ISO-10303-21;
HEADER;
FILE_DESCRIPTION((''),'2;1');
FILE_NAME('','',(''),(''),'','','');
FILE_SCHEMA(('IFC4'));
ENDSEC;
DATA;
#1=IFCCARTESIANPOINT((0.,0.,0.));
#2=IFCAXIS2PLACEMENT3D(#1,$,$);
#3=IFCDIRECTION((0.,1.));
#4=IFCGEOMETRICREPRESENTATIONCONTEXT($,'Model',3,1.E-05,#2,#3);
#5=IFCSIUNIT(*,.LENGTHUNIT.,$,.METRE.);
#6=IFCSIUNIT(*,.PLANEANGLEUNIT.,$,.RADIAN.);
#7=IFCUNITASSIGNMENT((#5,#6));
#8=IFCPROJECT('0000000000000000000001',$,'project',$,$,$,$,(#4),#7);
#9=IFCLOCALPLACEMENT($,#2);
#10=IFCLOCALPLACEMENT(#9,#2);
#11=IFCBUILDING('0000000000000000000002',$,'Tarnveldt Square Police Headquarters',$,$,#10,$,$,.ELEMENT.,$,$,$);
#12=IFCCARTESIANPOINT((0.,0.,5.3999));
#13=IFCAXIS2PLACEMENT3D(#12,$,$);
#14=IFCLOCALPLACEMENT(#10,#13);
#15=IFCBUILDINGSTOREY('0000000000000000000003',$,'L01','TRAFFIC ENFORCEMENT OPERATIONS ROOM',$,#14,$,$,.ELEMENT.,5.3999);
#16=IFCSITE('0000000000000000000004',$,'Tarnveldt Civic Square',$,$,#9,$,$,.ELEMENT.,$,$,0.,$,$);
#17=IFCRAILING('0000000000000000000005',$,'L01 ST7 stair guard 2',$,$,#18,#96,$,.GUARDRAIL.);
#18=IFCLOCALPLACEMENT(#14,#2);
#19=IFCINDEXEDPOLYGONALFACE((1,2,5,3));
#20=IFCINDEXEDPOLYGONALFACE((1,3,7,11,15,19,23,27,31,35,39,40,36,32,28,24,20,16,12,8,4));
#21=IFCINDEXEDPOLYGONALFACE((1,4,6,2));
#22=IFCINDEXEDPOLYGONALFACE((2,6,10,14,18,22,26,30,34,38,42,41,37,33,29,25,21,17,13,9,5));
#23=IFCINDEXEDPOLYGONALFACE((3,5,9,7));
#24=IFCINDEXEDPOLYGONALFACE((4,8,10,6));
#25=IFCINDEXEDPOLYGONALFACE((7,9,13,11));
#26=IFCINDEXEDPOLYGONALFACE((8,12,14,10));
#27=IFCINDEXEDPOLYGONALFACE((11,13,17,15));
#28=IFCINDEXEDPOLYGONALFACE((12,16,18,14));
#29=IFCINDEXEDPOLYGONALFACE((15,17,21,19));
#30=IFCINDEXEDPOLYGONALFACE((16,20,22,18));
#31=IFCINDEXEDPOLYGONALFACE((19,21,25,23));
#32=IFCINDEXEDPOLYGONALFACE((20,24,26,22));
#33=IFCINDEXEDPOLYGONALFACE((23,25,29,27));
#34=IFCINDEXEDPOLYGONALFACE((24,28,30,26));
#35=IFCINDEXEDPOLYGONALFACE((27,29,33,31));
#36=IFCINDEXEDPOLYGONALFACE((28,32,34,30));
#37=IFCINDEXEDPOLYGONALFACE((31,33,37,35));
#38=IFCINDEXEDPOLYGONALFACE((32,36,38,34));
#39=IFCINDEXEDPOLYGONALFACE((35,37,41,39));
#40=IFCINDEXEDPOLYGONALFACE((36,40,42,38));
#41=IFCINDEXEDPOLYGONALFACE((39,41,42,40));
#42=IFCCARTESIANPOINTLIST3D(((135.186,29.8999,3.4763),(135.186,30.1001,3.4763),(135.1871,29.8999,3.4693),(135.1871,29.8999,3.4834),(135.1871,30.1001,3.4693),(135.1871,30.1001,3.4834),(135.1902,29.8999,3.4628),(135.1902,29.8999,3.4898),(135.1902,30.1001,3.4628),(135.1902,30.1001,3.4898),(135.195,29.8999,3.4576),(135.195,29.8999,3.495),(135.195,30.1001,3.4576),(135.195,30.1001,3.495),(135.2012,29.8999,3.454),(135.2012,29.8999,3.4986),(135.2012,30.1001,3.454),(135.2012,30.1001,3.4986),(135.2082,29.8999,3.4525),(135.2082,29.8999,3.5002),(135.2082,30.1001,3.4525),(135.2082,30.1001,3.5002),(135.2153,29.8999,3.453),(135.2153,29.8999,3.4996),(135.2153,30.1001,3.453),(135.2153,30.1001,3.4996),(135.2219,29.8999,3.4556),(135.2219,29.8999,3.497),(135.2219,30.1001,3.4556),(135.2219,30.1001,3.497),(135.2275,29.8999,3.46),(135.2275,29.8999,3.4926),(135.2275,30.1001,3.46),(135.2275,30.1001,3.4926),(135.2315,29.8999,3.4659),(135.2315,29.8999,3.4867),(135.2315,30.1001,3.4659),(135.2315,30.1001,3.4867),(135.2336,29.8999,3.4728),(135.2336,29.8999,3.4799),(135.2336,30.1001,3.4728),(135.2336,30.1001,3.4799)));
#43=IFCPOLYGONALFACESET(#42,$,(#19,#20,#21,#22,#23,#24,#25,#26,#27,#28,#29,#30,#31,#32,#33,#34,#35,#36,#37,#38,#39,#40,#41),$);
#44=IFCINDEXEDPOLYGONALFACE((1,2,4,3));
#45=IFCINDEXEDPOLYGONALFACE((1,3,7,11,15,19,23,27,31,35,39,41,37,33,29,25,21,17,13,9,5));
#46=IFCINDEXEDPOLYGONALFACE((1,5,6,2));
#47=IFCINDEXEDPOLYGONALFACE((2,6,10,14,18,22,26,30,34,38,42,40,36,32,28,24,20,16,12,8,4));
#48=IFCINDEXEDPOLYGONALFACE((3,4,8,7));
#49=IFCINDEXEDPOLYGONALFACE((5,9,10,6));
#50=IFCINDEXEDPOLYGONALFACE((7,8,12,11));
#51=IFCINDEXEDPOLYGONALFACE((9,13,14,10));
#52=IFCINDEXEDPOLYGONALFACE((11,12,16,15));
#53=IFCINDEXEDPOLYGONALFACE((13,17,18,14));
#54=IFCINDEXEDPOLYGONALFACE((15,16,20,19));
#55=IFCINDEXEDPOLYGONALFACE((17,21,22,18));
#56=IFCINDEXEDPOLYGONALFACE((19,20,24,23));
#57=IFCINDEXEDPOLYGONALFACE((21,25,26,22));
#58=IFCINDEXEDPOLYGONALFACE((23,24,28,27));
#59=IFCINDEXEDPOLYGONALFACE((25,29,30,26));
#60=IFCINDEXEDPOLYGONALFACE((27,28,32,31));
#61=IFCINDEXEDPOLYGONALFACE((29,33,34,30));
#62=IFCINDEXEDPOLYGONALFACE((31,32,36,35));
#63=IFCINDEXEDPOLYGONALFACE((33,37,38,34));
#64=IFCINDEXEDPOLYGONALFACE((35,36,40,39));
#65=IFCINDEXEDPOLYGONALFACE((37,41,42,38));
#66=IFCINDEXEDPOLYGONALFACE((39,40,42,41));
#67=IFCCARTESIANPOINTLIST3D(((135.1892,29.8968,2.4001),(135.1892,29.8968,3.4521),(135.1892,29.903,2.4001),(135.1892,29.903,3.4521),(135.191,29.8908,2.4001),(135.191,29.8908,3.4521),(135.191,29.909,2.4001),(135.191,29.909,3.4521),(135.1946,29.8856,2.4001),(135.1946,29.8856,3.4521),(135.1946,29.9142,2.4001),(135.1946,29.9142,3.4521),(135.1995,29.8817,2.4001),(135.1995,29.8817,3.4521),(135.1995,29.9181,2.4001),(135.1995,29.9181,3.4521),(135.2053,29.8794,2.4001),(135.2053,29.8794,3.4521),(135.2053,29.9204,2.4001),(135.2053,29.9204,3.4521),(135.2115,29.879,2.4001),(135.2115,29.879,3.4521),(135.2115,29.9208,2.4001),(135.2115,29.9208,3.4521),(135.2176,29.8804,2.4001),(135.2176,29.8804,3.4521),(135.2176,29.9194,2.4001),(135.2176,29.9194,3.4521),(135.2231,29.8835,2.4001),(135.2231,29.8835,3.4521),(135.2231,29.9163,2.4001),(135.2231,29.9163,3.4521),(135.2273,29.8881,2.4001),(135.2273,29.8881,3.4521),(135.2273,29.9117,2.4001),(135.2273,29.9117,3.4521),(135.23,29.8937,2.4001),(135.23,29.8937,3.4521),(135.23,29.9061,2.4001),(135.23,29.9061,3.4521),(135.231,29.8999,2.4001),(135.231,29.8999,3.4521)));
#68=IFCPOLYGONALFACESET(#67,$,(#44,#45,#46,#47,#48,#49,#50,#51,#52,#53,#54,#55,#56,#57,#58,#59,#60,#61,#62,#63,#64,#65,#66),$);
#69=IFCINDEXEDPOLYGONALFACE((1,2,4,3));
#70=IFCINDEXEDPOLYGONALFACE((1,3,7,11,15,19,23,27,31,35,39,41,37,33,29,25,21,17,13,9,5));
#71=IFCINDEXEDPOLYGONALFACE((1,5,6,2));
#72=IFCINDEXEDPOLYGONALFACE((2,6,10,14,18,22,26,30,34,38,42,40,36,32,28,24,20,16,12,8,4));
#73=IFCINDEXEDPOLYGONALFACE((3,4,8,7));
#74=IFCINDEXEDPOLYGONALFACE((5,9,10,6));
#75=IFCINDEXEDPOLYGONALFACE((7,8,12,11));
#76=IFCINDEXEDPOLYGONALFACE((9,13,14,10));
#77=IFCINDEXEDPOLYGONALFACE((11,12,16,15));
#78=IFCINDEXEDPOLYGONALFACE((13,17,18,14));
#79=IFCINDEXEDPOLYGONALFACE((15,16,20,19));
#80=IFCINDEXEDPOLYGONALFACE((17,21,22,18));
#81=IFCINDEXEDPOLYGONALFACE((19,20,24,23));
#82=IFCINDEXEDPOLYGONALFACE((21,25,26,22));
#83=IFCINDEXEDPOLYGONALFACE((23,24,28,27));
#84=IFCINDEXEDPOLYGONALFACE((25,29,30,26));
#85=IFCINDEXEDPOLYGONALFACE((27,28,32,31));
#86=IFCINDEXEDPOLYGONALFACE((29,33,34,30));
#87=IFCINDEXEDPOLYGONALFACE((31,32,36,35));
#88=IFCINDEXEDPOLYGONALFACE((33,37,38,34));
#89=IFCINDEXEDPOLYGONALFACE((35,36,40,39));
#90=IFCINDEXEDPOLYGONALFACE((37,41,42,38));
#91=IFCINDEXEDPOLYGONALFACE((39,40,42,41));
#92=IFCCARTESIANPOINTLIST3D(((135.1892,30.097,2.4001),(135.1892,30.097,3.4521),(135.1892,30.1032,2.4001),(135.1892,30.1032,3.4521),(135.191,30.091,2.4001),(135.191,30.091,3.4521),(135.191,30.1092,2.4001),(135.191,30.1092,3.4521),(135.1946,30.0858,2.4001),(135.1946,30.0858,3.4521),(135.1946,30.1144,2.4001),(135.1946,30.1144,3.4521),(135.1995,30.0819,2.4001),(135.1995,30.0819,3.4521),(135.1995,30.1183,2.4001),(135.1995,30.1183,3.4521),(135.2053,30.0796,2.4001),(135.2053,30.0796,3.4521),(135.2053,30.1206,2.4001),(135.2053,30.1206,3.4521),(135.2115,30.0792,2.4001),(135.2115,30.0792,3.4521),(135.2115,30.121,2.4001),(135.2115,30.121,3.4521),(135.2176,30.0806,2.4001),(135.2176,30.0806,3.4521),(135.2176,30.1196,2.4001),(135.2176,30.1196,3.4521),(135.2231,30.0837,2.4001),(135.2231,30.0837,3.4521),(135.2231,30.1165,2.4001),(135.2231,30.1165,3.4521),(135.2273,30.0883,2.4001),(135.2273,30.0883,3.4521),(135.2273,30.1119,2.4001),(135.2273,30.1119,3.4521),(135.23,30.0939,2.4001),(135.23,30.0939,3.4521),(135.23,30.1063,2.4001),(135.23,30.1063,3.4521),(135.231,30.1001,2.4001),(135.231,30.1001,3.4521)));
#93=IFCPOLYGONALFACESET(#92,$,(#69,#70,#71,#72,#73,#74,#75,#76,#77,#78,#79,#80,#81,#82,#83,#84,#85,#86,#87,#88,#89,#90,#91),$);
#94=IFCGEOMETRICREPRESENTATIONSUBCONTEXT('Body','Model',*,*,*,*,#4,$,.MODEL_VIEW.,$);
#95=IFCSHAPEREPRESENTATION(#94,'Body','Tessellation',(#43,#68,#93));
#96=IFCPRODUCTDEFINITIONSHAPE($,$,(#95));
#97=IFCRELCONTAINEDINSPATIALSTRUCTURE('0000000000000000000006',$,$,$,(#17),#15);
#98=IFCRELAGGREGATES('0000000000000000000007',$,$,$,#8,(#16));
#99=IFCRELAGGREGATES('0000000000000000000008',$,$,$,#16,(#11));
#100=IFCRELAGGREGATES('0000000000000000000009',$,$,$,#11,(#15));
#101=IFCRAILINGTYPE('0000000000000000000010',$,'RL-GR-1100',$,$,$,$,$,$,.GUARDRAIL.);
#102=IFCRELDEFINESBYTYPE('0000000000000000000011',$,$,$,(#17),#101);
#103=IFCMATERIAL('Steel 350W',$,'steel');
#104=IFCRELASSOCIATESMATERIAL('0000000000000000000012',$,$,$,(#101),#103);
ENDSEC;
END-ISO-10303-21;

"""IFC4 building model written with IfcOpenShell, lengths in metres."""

from ifc_helpers import new_model, si_unit, direction, frame, origin, origin_2d, place, context, subcontext, project, spatial, circle, extrude, material, type_object, element, save


model = new_model("IFC4")

# Units and contexts
model_context = context("Model", 3, precision=1e-05, world=origin(), true_north=direction((0.0, 1.0)))
body_context = subcontext(model_context, "Body", "Model", "MODEL_VIEW")
ifc_project = project(units=[si_unit("LENGTHUNIT", "METRE"), si_unit("PLANEANGLEUNIT", "RADIAN")], contexts=[model_context])

# Site, building, storey
site_placement = place(None, origin())
site = spatial("IfcSite", under=ifc_project, at=site_placement, Name="Tarnveldt Civic Square", CompositionType="ELEMENT", RefElevation=0.0)
building_placement = place(site_placement, origin())
building = spatial("IfcBuilding", under=site, at=building_placement, Name="Tarnveldt Square Police Headquarters", CompositionType="ELEMENT")
storey_placement = place(building_placement, frame((0.0, 0.0, 5.3999)))
storey = spatial("IfcBuildingStorey", under=building, at=storey_placement, Name="L01", Description="TRAFFIC ENFORCEMENT OPERATIONS ROOM", CompositionType="ELEMENT", Elevation=5.3999)

# Shared definitions
ifc_material_1 = material(Name="Steel 350W", Category="steel")

# Railing
railing_type_1 = type_object("IfcRailingType", Name="RL-GR-1100", PredefinedType="GUARDRAIL", material=ifc_material_1)
railing_1_placement = place(storey_placement, frame((135.21, 29.8999, 2.4001)))
element("IfcRailing", 1, at=railing_1_placement, inside=storey, type_object=railing_type_1, Name="L01 ST7 stair guard 2", PredefinedType="GUARDRAIL", context=body_context, shape_type="SweptSolid", body=[
    extrude(circle(Radius=0.0239, at=origin_2d()), frame((0.0, 0.0, 1.0762), z_axis=(0.0, 1.0, 0.0), x_axis=(-1.0, 0.0, 0.0)), (0.0, 0.0, 1.0), 0.2002),
    extrude(circle(Radius=0.021, at=origin_2d()), origin(), (0.0, 0.0, 1.0), 1.052),
    extrude(circle(Radius=0.021, at=origin_2d()), frame((0.0, 0.2002, 0.0)), (0.0, 0.0, 1.0), 1.052),
])

save(model, "model.ifc")
